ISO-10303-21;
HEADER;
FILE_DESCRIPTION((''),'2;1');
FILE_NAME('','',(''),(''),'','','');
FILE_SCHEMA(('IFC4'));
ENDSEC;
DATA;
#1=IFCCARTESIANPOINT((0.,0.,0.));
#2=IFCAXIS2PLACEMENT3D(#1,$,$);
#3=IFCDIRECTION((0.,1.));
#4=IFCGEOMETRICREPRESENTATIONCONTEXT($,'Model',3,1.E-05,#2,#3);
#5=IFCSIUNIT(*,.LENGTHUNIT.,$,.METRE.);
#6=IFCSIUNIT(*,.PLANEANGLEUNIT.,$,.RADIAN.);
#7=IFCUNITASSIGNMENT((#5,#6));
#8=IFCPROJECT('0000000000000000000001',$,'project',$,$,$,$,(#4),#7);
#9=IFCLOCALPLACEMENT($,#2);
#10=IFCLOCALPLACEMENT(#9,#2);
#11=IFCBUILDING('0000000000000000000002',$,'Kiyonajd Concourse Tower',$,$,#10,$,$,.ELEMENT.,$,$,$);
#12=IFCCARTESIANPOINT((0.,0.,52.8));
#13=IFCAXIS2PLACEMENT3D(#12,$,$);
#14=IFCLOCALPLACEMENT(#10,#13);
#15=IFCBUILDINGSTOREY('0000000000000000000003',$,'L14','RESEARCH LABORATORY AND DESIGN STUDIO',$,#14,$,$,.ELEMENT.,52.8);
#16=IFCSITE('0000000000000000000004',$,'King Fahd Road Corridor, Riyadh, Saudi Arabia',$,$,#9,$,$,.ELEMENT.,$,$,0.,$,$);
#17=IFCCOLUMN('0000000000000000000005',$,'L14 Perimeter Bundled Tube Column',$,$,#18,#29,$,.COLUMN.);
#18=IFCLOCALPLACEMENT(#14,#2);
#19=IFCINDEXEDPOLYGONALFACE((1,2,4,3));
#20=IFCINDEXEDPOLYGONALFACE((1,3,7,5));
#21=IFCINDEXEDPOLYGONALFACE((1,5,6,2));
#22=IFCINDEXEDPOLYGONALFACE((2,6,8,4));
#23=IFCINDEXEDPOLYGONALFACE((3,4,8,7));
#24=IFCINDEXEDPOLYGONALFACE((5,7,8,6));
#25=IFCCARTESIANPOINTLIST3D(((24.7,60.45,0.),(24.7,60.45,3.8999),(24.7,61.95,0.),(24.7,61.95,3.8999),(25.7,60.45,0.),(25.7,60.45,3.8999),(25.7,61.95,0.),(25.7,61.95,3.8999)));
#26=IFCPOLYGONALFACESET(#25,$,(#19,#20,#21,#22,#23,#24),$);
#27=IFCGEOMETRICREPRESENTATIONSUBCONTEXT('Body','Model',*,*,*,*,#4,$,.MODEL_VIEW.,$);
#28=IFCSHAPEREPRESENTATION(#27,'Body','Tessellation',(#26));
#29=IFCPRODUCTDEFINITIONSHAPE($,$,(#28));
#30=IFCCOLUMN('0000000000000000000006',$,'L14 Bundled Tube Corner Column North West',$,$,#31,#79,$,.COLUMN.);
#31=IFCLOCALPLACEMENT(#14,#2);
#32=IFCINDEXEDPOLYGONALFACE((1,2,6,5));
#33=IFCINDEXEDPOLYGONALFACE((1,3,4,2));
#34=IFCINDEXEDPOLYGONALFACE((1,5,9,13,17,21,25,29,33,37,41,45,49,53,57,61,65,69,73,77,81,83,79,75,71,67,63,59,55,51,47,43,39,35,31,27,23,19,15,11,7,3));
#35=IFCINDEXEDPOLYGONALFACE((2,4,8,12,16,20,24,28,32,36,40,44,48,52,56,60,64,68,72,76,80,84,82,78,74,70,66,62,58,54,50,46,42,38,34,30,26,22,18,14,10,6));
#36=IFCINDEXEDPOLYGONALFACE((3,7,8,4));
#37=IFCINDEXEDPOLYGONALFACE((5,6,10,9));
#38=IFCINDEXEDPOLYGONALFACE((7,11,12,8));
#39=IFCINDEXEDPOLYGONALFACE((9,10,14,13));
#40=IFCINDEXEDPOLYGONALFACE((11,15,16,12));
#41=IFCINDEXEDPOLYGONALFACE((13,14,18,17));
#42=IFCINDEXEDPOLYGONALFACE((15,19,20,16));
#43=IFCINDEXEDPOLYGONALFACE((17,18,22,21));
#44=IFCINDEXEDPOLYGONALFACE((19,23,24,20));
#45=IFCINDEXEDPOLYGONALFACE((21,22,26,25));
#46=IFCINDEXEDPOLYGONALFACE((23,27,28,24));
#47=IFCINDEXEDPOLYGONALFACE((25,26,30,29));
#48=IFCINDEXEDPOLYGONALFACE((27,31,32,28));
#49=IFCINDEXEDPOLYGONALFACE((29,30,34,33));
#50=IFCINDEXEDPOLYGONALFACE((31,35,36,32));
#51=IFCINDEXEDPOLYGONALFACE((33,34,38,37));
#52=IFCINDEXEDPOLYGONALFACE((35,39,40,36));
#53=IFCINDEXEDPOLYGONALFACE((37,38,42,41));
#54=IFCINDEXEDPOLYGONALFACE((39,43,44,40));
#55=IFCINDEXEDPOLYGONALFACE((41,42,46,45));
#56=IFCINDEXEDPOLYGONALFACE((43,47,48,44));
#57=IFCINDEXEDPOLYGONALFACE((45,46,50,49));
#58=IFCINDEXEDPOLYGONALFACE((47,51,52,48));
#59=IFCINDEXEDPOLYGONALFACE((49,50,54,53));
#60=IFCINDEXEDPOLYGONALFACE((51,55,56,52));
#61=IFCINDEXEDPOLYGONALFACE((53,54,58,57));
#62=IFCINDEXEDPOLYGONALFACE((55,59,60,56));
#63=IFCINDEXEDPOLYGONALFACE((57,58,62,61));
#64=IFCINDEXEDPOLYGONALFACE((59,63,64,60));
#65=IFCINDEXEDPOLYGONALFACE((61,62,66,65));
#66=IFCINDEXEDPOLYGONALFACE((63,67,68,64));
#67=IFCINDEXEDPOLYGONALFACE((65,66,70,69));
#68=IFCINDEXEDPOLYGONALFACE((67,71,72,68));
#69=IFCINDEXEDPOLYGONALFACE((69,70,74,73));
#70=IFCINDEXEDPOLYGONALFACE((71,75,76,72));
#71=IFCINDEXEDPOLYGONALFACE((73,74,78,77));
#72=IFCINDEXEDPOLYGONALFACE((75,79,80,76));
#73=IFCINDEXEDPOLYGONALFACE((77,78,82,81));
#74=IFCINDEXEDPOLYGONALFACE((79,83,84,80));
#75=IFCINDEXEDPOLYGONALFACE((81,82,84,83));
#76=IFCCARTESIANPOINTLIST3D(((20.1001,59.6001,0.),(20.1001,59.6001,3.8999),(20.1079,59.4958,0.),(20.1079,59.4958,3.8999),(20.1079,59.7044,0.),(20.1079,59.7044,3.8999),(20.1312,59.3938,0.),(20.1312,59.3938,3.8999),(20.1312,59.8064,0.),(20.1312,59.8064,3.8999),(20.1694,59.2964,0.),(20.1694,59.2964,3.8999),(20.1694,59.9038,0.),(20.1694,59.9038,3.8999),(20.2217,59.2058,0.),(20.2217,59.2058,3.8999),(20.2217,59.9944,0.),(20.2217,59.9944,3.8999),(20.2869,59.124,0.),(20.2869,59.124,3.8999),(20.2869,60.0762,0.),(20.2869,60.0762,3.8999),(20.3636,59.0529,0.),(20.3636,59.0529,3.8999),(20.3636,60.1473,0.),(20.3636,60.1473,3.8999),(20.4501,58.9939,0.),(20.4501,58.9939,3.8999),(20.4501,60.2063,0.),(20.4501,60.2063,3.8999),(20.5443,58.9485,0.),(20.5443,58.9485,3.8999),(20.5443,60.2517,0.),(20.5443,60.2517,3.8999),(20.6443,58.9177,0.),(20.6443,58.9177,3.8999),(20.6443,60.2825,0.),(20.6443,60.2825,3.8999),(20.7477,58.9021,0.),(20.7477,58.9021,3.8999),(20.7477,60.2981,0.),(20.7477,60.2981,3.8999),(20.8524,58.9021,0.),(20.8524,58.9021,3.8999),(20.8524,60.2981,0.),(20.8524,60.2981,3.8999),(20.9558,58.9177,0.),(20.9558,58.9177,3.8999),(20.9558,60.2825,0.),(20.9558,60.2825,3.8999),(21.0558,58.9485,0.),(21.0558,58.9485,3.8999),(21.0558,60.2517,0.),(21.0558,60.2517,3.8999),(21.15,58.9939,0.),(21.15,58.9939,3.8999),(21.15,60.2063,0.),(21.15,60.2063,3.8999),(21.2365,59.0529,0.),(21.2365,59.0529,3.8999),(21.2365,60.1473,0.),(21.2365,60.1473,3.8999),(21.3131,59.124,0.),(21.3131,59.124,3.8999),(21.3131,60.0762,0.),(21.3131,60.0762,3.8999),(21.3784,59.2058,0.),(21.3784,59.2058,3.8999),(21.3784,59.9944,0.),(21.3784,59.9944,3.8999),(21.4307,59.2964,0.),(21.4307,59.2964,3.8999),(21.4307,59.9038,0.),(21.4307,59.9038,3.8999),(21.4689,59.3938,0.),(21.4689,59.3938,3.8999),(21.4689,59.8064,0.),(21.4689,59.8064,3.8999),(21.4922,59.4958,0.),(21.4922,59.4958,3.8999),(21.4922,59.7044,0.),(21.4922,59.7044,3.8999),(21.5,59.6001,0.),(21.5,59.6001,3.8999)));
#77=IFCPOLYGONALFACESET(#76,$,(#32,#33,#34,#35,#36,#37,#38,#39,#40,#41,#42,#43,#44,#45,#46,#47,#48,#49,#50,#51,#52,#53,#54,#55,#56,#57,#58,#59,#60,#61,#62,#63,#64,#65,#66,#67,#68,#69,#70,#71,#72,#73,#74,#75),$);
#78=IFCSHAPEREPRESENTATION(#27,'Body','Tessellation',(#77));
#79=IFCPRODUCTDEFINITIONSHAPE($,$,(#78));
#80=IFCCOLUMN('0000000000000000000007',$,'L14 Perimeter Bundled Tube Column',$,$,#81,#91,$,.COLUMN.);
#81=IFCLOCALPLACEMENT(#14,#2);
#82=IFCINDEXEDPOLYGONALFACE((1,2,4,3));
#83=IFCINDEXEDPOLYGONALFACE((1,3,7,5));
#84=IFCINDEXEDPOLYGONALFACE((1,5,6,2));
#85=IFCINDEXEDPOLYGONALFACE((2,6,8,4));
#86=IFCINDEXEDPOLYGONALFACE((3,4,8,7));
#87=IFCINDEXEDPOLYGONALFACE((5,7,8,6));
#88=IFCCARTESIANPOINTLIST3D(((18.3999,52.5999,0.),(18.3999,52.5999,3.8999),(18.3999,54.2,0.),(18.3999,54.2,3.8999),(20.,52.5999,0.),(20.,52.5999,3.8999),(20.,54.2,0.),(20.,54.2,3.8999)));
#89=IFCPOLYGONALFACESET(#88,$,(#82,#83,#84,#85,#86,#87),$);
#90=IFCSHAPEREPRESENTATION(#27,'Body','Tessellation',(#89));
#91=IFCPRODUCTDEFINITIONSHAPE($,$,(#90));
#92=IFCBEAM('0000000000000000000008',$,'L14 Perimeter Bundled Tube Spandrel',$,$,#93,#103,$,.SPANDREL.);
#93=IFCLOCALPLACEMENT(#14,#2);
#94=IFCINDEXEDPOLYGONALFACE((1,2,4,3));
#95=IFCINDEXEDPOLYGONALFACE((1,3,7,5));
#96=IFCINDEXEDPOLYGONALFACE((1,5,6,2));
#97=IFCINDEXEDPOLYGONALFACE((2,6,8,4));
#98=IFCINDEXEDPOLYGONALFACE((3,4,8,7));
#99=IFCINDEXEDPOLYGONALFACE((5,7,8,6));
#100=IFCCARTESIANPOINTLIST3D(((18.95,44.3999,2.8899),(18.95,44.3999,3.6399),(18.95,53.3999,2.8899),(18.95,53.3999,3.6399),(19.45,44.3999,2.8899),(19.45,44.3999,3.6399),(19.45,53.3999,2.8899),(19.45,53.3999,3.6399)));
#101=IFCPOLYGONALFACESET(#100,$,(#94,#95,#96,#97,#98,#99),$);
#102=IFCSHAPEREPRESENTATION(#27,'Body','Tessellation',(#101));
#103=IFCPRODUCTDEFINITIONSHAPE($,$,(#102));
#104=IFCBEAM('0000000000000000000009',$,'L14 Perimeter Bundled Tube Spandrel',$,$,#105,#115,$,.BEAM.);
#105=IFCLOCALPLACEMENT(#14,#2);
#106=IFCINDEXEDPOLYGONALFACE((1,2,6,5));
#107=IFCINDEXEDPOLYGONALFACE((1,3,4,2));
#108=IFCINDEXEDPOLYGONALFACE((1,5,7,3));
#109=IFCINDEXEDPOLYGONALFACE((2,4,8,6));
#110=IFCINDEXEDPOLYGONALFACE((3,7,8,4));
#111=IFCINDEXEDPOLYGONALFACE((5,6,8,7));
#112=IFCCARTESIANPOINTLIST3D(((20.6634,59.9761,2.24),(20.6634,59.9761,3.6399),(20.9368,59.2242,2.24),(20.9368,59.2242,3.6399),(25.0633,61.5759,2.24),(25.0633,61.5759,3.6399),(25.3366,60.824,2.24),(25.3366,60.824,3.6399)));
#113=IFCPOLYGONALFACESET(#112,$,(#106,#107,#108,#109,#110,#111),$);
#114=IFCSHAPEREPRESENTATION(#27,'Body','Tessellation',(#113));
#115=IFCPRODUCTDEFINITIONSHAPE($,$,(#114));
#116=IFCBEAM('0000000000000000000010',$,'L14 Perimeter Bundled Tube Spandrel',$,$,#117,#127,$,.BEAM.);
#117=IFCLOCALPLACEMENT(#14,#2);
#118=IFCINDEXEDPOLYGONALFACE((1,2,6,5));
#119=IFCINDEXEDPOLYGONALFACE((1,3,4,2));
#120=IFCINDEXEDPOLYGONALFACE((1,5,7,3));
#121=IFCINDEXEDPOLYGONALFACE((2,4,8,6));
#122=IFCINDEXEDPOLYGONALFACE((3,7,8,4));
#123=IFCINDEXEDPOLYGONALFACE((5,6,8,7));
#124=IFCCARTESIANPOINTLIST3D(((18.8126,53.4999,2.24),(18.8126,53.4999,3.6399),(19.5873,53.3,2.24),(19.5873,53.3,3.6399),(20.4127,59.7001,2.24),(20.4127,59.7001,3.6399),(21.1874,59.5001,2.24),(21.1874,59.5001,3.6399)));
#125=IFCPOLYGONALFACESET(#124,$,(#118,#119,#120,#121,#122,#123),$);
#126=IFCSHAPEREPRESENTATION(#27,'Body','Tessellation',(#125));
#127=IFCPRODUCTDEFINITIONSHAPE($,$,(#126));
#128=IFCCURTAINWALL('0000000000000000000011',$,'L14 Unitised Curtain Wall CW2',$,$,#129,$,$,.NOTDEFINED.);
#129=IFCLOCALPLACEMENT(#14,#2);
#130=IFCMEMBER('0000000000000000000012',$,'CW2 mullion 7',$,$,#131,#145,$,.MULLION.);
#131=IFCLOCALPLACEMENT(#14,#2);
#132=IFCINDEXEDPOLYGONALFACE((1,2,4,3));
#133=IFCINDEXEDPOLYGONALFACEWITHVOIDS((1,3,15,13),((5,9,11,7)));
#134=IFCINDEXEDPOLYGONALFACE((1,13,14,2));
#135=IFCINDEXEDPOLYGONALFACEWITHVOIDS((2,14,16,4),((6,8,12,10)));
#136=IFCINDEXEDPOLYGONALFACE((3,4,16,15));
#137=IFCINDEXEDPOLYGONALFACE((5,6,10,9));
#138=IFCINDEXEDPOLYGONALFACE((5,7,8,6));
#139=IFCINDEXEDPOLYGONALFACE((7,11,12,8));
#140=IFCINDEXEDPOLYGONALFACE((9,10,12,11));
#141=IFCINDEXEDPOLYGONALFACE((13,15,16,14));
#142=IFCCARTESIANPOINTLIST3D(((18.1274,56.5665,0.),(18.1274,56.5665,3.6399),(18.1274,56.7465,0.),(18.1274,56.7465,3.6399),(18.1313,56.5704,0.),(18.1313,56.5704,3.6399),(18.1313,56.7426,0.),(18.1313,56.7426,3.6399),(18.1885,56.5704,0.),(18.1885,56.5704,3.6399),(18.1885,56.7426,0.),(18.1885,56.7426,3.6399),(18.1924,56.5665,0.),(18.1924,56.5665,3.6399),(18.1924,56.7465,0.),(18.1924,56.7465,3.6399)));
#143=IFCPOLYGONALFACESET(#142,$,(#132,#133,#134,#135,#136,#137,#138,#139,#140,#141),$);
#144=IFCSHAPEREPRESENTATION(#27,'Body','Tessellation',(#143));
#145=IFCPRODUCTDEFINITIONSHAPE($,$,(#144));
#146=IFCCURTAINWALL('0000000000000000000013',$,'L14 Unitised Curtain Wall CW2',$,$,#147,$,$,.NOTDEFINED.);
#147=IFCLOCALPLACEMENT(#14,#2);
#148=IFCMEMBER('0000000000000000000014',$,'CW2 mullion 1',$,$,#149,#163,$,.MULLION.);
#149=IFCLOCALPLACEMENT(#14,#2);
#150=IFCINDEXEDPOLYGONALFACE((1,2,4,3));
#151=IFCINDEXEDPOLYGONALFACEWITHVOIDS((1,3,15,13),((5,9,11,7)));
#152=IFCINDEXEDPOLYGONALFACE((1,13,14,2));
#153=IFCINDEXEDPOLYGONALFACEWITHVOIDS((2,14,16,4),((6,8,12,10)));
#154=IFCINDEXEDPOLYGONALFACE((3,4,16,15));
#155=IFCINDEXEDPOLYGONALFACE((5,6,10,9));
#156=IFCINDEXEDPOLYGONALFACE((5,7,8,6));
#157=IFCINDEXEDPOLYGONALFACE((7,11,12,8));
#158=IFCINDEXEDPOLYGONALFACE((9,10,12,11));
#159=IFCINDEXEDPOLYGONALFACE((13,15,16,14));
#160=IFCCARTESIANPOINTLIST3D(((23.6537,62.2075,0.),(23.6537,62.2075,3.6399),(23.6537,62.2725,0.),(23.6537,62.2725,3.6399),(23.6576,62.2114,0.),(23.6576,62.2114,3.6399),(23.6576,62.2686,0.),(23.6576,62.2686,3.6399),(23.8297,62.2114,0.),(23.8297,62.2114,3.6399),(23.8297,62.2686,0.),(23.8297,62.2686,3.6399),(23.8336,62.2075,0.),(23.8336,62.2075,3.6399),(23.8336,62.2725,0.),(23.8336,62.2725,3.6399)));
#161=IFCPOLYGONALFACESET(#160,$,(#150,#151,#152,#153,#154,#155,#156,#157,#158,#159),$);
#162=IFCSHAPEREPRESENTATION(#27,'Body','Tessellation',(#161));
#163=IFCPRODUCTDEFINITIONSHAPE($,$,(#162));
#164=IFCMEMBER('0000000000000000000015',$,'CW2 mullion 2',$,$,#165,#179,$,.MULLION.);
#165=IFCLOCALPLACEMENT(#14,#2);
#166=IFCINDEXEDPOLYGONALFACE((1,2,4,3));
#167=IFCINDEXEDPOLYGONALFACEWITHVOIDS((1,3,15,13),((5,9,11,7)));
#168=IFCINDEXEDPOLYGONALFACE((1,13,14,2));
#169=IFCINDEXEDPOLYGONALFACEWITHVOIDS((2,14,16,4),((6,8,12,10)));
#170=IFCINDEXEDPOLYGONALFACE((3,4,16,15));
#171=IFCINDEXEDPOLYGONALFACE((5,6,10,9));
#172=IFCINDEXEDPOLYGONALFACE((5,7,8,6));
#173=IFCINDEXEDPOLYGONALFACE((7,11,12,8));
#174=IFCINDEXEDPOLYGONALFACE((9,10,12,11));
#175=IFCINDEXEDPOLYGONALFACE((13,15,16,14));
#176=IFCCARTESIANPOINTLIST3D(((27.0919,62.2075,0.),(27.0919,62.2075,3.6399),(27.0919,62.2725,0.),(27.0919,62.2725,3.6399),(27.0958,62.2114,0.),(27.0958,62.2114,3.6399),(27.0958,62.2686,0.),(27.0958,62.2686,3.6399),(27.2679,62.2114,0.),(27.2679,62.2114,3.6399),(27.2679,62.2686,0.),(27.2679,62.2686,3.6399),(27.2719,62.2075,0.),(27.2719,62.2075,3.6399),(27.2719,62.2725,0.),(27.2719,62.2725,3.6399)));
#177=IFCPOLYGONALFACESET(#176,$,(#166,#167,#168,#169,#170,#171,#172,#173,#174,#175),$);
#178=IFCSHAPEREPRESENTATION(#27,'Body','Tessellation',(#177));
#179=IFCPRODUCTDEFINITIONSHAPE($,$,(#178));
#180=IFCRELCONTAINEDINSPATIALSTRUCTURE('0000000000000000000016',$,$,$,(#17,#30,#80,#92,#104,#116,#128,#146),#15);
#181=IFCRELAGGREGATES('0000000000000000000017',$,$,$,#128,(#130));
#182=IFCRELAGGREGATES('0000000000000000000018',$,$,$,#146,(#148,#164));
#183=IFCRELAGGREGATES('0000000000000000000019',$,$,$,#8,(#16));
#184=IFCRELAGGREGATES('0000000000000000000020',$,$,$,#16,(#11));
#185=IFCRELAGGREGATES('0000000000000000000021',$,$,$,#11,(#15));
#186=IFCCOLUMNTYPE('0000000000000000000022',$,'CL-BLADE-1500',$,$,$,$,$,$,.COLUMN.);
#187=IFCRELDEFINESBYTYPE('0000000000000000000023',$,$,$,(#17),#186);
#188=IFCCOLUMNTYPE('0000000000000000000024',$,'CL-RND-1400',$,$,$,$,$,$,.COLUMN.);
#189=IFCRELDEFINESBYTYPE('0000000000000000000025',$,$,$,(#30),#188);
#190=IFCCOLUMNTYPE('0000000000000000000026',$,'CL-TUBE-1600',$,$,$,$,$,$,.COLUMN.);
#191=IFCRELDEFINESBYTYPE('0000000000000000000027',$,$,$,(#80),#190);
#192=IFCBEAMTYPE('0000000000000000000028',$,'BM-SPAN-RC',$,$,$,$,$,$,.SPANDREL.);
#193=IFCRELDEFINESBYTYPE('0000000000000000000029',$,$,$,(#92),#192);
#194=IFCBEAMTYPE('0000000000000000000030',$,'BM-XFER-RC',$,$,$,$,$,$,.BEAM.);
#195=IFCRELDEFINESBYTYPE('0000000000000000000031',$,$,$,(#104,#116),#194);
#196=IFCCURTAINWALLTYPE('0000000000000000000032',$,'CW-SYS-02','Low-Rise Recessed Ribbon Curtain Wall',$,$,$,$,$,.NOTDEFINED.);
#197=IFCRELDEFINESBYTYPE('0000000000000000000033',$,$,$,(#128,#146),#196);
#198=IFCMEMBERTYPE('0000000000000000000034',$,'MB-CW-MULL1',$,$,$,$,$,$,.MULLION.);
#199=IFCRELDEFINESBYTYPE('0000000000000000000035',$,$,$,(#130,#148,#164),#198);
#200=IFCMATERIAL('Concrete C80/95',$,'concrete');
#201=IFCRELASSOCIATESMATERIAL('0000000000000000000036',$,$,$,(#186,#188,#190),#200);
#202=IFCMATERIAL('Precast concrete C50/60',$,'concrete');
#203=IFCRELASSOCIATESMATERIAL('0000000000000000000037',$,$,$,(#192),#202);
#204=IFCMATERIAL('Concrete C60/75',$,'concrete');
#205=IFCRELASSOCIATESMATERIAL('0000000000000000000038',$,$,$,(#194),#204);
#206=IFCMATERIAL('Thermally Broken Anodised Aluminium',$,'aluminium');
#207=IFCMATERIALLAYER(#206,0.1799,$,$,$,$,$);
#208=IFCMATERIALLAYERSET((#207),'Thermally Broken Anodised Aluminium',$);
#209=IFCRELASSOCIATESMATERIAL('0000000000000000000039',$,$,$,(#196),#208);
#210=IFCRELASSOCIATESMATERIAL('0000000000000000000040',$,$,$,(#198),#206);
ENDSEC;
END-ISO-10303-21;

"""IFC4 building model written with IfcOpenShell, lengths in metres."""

from ifc_helpers import new_model, si_unit, direction, frame, origin, origin_2d, place, context, subcontext, project, spatial, rectangle, hollow_rectangle, circle, extrude, material, layer, layer_set, material_profile, profile_set, type_object, element, aggregate, save


model = new_model("IFC4")

# Units and contexts
model_context = context("Model", 3, precision=1e-05, world=origin(), true_north=direction((0.0, 1.0)))
body_context = subcontext(model_context, "Body", "Model", "MODEL_VIEW")
ifc_project = project(units=[si_unit("LENGTHUNIT", "METRE"), si_unit("PLANEANGLEUNIT", "RADIAN")], contexts=[model_context])

# Site, building, storey
site_placement = place(None, origin())
site = spatial("IfcSite", under=ifc_project, at=site_placement, Name="King Fahd Road Corridor, Riyadh, Saudi Arabia", CompositionType="ELEMENT", RefElevation=0.0)
building_placement = place(site_placement, origin())
building = spatial("IfcBuilding", under=site, at=building_placement, Name="Kiyonajd Concourse Tower", CompositionType="ELEMENT")
storey_placement = place(building_placement, frame((0.0, 0.0, 52.8)))
storey = spatial("IfcBuildingStorey", under=building, at=storey_placement, Name="L14", Description="RESEARCH LABORATORY AND DESIGN STUDIO", CompositionType="ELEMENT", Elevation=52.8)

# Columns
ifc_material_1 = material(Name="Concrete C80/95", Category="concrete")
ifc_material_profile_1 = material_profile(ifc_material_1, rectangle(XDim=1.0, YDim=1.5, at=origin_2d()), Name="RC-1500x1000")
ifc_profile_set_1 = profile_set([ifc_material_profile_1], Name="Concrete C80/95")
column_type_1 = type_object("IfcColumnType", Name="CL-BLADE-1500", PredefinedType="COLUMN", material=ifc_profile_set_1)
column_1_placement = place(storey_placement, frame((25.2, 61.2, 0.0), z_axis=(0.0, 0.0, 1.0), x_axis=(1.0, 0.0, 0.0)))
element("IfcColumn", 1, at=column_1_placement, inside=storey, type_object=column_type_1, Name="L14 Perimeter Bundled Tube Column", PredefinedType="COLUMN", context=body_context, shape_type="SweptSolid", body=[
    extrude(rectangle(XDim=1.0, YDim=1.5, at=origin_2d()), origin(), (0.0, 0.0, 1.0), 3.8999),
])
ifc_material_profile_2 = material_profile(ifc_material_1, circle(Radius=0.7, at=origin_2d()), Name="RCC-D1400")
ifc_profile_set_2 = profile_set([ifc_material_profile_2], Name="Concrete C80/95")
column_type_2 = type_object("IfcColumnType", Name="CL-RND-1400", PredefinedType="COLUMN", material=ifc_profile_set_2)
column_2_placement = place(storey_placement, frame((20.8, 59.6001, 0.0), z_axis=(0.0, 0.0, 1.0), x_axis=(1.0, 0.0, 0.0)))
element("IfcColumn", 2, at=column_2_placement, inside=storey, type_object=column_type_2, Name="L14 Bundled Tube Corner Column North West", PredefinedType="COLUMN", context=body_context, shape_type="SweptSolid", body=[
    extrude(circle(Radius=0.7, at=origin_2d()), origin(), (0.0, 0.0, 1.0), 3.8999),
])
ifc_material_profile_3 = material_profile(ifc_material_1, rectangle(XDim=1.6001, YDim=1.6001, at=origin_2d()), Name="RC-1600x1600")
ifc_profile_set_3 = profile_set([ifc_material_profile_3], Name="Concrete C80/95")
column_type_3 = type_object("IfcColumnType", Name="CL-TUBE-1600", PredefinedType="COLUMN", material=ifc_profile_set_3)
column_3_placement = place(storey_placement, frame((19.2, 53.3999, 0.0), z_axis=(0.0, 0.0, 1.0), x_axis=(1.0, 0.0, 0.0)))
element("IfcColumn", 3, at=column_3_placement, inside=storey, type_object=column_type_3, Name="L14 Perimeter Bundled Tube Column", PredefinedType="COLUMN", context=body_context, shape_type="SweptSolid", body=[
    extrude(rectangle(XDim=1.6001, YDim=1.6001, at=origin_2d()), origin(), (0.0, 0.0, 1.0), 3.8999),
])

# Beams
ifc_material_2 = material(Name="Precast concrete C50/60", Category="concrete")
ifc_material_profile_4 = material_profile(ifc_material_2, rectangle(XDim=0.5, YDim=0.75, at=origin_2d()), Name="RCBM-500x750")
ifc_profile_set_4 = profile_set([ifc_material_profile_4], Name="Precast concrete C50/60")
beam_type_1 = type_object("IfcBeamType", Name="BM-SPAN-RC", PredefinedType="SPANDREL", material=ifc_profile_set_4)
beam_1_placement = place(storey_placement, frame((19.2, 53.3999, 3.2649), z_axis=(0.0, -1.0, 0.0), x_axis=(1.0, 0.0, 0.0)))
element("IfcBeam", 4, at=beam_1_placement, inside=storey, type_object=beam_type_1, Name="L14 Perimeter Bundled Tube Spandrel", PredefinedType="SPANDREL", context=body_context, shape_type="SweptSolid", body=[
    extrude(rectangle(XDim=0.5, YDim=0.75, at=origin_2d()), origin(), (0.0, 0.0, 1.0), 9.0),
])
ifc_material_3 = material(Name="Concrete C60/75", Category="concrete")
ifc_material_profile_5 = material_profile(ifc_material_3, rectangle(XDim=0.8, YDim=1.3999, at=origin_2d()), Name="RCBM-800x1400")
ifc_profile_set_5 = profile_set([ifc_material_profile_5], Name="Concrete C60/75")
beam_type_2 = type_object("IfcBeamType", Name="BM-XFER-RC", PredefinedType="BEAM", material=ifc_profile_set_5)
beam_2_placement = place(storey_placement, frame((25.2, 61.2, 2.9399), z_axis=(-0.939801, -0.341722, 0.0), x_axis=(0.341722, -0.939801, 0.0)))
element("IfcBeam", 5, at=beam_2_placement, inside=storey, type_object=beam_type_2, Name="L14 Perimeter Bundled Tube Spandrel", PredefinedType="BEAM", context=body_context, shape_type="SweptSolid", body=[
    extrude(rectangle(XDim=0.8, YDim=1.3999, at=origin_2d()), origin(), (0.0, 0.0, 1.0), 4.6816),
])
beam_3_placement = place(storey_placement, frame((20.8, 59.6001, 2.9399), z_axis=(-0.249885, -0.968276, 0.0), x_axis=(0.968276, -0.249885, 0.0)))
element("IfcBeam", 6, at=beam_3_placement, inside=storey, type_object=beam_type_2, Name="L14 Perimeter Bundled Tube Spandrel", PredefinedType="BEAM", context=body_context, shape_type="SweptSolid", body=[
    extrude(rectangle(XDim=0.8, YDim=1.3999, at=origin_2d()), origin(), (0.0, 0.0, 1.0), 6.4033),
])

# Curtain wall, member
ifc_material_4 = material(Name="Thermally Broken Anodised Aluminium", Category="aluminium")
ifc_layer_1 = layer(ifc_material_4, 0.1799)
ifc_layer_set_1 = layer_set([ifc_layer_1], Name="Thermally Broken Anodised Aluminium")
curtain_wall_type = type_object("IfcCurtainWallType", Name="CW-SYS-02", Description="Low-Rise Recessed Ribbon Curtain Wall", PredefinedType="NOTDEFINED", material=ifc_layer_set_1)
curtain_wall_1_placement = place(storey_placement, origin())
curtain_wall_1 = element("IfcCurtainWall", 7, at=curtain_wall_1_placement, inside=storey, type_object=curtain_wall_type, Name="L14 Unitised Curtain Wall CW2", PredefinedType="NOTDEFINED")
ifc_material_profile_6 = material_profile(ifc_material_4, hollow_rectangle(XDim=0.0649, YDim=0.1799, WallThickness=0.0039, at=origin_2d()), Name="MULL-65x180")
ifc_profile_set_6 = profile_set([ifc_material_profile_6], Name="Thermally Broken Anodised Aluminium")
member_type_1 = type_object("IfcMemberType", Name="MB-CW-MULL1", PredefinedType="MULLION", material=ifc_profile_set_6)
member_1_placement = place(storey_placement, frame((18.1599, 56.6565, 0.0), z_axis=(0.0, 0.0, 1.0), x_axis=(-1.0, 0.0, 0.0)))
member_1 = element("IfcMember", 8, at=member_1_placement, type_object=member_type_1, Name="CW2 mullion 7", PredefinedType="MULLION", context=body_context, shape_type="SweptSolid", body=[
    extrude(hollow_rectangle(XDim=0.0649, YDim=0.1799, WallThickness=0.0039, at=origin_2d()), origin(), (0.0, 0.0, 1.0), 3.6399),
])

# Curtain wall, members
curtain_wall_2_placement = place(storey_placement, origin())
curtain_wall_2 = element("IfcCurtainWall", 9, at=curtain_wall_2_placement, inside=storey, type_object=curtain_wall_type, Name="L14 Unitised Curtain Wall CW2", PredefinedType="NOTDEFINED")
member_2_placement = place(storey_placement, frame((23.7437, 62.24, 0.0), z_axis=(0.0, 0.0, 1.0), x_axis=(0.0, 1.0, 0.0)))
member_2 = element("IfcMember", 10, at=member_2_placement, type_object=member_type_1, Name="CW2 mullion 1", PredefinedType="MULLION", context=body_context, shape_type="SweptSolid", body=[
    extrude(hollow_rectangle(XDim=0.0649, YDim=0.1799, WallThickness=0.0039, at=origin_2d()), origin(), (0.0, 0.0, 1.0), 3.6399),
])
member_3_placement = place(storey_placement, frame((27.1819, 62.24, 0.0), z_axis=(0.0, 0.0, 1.0), x_axis=(0.0, 1.0, 0.0)))
member_3 = element("IfcMember", 11, at=member_3_placement, type_object=member_type_1, Name="CW2 mullion 2", PredefinedType="MULLION", context=body_context, shape_type="SweptSolid", body=[
    extrude(hollow_rectangle(XDim=0.0649, YDim=0.1799, WallThickness=0.0039, at=origin_2d()), origin(), (0.0, 0.0, 1.0), 3.6399),
])

aggregate(curtain_wall_1, [member_1])
aggregate(curtain_wall_2, [member_2, member_3])

save(model, "model.ifc")
